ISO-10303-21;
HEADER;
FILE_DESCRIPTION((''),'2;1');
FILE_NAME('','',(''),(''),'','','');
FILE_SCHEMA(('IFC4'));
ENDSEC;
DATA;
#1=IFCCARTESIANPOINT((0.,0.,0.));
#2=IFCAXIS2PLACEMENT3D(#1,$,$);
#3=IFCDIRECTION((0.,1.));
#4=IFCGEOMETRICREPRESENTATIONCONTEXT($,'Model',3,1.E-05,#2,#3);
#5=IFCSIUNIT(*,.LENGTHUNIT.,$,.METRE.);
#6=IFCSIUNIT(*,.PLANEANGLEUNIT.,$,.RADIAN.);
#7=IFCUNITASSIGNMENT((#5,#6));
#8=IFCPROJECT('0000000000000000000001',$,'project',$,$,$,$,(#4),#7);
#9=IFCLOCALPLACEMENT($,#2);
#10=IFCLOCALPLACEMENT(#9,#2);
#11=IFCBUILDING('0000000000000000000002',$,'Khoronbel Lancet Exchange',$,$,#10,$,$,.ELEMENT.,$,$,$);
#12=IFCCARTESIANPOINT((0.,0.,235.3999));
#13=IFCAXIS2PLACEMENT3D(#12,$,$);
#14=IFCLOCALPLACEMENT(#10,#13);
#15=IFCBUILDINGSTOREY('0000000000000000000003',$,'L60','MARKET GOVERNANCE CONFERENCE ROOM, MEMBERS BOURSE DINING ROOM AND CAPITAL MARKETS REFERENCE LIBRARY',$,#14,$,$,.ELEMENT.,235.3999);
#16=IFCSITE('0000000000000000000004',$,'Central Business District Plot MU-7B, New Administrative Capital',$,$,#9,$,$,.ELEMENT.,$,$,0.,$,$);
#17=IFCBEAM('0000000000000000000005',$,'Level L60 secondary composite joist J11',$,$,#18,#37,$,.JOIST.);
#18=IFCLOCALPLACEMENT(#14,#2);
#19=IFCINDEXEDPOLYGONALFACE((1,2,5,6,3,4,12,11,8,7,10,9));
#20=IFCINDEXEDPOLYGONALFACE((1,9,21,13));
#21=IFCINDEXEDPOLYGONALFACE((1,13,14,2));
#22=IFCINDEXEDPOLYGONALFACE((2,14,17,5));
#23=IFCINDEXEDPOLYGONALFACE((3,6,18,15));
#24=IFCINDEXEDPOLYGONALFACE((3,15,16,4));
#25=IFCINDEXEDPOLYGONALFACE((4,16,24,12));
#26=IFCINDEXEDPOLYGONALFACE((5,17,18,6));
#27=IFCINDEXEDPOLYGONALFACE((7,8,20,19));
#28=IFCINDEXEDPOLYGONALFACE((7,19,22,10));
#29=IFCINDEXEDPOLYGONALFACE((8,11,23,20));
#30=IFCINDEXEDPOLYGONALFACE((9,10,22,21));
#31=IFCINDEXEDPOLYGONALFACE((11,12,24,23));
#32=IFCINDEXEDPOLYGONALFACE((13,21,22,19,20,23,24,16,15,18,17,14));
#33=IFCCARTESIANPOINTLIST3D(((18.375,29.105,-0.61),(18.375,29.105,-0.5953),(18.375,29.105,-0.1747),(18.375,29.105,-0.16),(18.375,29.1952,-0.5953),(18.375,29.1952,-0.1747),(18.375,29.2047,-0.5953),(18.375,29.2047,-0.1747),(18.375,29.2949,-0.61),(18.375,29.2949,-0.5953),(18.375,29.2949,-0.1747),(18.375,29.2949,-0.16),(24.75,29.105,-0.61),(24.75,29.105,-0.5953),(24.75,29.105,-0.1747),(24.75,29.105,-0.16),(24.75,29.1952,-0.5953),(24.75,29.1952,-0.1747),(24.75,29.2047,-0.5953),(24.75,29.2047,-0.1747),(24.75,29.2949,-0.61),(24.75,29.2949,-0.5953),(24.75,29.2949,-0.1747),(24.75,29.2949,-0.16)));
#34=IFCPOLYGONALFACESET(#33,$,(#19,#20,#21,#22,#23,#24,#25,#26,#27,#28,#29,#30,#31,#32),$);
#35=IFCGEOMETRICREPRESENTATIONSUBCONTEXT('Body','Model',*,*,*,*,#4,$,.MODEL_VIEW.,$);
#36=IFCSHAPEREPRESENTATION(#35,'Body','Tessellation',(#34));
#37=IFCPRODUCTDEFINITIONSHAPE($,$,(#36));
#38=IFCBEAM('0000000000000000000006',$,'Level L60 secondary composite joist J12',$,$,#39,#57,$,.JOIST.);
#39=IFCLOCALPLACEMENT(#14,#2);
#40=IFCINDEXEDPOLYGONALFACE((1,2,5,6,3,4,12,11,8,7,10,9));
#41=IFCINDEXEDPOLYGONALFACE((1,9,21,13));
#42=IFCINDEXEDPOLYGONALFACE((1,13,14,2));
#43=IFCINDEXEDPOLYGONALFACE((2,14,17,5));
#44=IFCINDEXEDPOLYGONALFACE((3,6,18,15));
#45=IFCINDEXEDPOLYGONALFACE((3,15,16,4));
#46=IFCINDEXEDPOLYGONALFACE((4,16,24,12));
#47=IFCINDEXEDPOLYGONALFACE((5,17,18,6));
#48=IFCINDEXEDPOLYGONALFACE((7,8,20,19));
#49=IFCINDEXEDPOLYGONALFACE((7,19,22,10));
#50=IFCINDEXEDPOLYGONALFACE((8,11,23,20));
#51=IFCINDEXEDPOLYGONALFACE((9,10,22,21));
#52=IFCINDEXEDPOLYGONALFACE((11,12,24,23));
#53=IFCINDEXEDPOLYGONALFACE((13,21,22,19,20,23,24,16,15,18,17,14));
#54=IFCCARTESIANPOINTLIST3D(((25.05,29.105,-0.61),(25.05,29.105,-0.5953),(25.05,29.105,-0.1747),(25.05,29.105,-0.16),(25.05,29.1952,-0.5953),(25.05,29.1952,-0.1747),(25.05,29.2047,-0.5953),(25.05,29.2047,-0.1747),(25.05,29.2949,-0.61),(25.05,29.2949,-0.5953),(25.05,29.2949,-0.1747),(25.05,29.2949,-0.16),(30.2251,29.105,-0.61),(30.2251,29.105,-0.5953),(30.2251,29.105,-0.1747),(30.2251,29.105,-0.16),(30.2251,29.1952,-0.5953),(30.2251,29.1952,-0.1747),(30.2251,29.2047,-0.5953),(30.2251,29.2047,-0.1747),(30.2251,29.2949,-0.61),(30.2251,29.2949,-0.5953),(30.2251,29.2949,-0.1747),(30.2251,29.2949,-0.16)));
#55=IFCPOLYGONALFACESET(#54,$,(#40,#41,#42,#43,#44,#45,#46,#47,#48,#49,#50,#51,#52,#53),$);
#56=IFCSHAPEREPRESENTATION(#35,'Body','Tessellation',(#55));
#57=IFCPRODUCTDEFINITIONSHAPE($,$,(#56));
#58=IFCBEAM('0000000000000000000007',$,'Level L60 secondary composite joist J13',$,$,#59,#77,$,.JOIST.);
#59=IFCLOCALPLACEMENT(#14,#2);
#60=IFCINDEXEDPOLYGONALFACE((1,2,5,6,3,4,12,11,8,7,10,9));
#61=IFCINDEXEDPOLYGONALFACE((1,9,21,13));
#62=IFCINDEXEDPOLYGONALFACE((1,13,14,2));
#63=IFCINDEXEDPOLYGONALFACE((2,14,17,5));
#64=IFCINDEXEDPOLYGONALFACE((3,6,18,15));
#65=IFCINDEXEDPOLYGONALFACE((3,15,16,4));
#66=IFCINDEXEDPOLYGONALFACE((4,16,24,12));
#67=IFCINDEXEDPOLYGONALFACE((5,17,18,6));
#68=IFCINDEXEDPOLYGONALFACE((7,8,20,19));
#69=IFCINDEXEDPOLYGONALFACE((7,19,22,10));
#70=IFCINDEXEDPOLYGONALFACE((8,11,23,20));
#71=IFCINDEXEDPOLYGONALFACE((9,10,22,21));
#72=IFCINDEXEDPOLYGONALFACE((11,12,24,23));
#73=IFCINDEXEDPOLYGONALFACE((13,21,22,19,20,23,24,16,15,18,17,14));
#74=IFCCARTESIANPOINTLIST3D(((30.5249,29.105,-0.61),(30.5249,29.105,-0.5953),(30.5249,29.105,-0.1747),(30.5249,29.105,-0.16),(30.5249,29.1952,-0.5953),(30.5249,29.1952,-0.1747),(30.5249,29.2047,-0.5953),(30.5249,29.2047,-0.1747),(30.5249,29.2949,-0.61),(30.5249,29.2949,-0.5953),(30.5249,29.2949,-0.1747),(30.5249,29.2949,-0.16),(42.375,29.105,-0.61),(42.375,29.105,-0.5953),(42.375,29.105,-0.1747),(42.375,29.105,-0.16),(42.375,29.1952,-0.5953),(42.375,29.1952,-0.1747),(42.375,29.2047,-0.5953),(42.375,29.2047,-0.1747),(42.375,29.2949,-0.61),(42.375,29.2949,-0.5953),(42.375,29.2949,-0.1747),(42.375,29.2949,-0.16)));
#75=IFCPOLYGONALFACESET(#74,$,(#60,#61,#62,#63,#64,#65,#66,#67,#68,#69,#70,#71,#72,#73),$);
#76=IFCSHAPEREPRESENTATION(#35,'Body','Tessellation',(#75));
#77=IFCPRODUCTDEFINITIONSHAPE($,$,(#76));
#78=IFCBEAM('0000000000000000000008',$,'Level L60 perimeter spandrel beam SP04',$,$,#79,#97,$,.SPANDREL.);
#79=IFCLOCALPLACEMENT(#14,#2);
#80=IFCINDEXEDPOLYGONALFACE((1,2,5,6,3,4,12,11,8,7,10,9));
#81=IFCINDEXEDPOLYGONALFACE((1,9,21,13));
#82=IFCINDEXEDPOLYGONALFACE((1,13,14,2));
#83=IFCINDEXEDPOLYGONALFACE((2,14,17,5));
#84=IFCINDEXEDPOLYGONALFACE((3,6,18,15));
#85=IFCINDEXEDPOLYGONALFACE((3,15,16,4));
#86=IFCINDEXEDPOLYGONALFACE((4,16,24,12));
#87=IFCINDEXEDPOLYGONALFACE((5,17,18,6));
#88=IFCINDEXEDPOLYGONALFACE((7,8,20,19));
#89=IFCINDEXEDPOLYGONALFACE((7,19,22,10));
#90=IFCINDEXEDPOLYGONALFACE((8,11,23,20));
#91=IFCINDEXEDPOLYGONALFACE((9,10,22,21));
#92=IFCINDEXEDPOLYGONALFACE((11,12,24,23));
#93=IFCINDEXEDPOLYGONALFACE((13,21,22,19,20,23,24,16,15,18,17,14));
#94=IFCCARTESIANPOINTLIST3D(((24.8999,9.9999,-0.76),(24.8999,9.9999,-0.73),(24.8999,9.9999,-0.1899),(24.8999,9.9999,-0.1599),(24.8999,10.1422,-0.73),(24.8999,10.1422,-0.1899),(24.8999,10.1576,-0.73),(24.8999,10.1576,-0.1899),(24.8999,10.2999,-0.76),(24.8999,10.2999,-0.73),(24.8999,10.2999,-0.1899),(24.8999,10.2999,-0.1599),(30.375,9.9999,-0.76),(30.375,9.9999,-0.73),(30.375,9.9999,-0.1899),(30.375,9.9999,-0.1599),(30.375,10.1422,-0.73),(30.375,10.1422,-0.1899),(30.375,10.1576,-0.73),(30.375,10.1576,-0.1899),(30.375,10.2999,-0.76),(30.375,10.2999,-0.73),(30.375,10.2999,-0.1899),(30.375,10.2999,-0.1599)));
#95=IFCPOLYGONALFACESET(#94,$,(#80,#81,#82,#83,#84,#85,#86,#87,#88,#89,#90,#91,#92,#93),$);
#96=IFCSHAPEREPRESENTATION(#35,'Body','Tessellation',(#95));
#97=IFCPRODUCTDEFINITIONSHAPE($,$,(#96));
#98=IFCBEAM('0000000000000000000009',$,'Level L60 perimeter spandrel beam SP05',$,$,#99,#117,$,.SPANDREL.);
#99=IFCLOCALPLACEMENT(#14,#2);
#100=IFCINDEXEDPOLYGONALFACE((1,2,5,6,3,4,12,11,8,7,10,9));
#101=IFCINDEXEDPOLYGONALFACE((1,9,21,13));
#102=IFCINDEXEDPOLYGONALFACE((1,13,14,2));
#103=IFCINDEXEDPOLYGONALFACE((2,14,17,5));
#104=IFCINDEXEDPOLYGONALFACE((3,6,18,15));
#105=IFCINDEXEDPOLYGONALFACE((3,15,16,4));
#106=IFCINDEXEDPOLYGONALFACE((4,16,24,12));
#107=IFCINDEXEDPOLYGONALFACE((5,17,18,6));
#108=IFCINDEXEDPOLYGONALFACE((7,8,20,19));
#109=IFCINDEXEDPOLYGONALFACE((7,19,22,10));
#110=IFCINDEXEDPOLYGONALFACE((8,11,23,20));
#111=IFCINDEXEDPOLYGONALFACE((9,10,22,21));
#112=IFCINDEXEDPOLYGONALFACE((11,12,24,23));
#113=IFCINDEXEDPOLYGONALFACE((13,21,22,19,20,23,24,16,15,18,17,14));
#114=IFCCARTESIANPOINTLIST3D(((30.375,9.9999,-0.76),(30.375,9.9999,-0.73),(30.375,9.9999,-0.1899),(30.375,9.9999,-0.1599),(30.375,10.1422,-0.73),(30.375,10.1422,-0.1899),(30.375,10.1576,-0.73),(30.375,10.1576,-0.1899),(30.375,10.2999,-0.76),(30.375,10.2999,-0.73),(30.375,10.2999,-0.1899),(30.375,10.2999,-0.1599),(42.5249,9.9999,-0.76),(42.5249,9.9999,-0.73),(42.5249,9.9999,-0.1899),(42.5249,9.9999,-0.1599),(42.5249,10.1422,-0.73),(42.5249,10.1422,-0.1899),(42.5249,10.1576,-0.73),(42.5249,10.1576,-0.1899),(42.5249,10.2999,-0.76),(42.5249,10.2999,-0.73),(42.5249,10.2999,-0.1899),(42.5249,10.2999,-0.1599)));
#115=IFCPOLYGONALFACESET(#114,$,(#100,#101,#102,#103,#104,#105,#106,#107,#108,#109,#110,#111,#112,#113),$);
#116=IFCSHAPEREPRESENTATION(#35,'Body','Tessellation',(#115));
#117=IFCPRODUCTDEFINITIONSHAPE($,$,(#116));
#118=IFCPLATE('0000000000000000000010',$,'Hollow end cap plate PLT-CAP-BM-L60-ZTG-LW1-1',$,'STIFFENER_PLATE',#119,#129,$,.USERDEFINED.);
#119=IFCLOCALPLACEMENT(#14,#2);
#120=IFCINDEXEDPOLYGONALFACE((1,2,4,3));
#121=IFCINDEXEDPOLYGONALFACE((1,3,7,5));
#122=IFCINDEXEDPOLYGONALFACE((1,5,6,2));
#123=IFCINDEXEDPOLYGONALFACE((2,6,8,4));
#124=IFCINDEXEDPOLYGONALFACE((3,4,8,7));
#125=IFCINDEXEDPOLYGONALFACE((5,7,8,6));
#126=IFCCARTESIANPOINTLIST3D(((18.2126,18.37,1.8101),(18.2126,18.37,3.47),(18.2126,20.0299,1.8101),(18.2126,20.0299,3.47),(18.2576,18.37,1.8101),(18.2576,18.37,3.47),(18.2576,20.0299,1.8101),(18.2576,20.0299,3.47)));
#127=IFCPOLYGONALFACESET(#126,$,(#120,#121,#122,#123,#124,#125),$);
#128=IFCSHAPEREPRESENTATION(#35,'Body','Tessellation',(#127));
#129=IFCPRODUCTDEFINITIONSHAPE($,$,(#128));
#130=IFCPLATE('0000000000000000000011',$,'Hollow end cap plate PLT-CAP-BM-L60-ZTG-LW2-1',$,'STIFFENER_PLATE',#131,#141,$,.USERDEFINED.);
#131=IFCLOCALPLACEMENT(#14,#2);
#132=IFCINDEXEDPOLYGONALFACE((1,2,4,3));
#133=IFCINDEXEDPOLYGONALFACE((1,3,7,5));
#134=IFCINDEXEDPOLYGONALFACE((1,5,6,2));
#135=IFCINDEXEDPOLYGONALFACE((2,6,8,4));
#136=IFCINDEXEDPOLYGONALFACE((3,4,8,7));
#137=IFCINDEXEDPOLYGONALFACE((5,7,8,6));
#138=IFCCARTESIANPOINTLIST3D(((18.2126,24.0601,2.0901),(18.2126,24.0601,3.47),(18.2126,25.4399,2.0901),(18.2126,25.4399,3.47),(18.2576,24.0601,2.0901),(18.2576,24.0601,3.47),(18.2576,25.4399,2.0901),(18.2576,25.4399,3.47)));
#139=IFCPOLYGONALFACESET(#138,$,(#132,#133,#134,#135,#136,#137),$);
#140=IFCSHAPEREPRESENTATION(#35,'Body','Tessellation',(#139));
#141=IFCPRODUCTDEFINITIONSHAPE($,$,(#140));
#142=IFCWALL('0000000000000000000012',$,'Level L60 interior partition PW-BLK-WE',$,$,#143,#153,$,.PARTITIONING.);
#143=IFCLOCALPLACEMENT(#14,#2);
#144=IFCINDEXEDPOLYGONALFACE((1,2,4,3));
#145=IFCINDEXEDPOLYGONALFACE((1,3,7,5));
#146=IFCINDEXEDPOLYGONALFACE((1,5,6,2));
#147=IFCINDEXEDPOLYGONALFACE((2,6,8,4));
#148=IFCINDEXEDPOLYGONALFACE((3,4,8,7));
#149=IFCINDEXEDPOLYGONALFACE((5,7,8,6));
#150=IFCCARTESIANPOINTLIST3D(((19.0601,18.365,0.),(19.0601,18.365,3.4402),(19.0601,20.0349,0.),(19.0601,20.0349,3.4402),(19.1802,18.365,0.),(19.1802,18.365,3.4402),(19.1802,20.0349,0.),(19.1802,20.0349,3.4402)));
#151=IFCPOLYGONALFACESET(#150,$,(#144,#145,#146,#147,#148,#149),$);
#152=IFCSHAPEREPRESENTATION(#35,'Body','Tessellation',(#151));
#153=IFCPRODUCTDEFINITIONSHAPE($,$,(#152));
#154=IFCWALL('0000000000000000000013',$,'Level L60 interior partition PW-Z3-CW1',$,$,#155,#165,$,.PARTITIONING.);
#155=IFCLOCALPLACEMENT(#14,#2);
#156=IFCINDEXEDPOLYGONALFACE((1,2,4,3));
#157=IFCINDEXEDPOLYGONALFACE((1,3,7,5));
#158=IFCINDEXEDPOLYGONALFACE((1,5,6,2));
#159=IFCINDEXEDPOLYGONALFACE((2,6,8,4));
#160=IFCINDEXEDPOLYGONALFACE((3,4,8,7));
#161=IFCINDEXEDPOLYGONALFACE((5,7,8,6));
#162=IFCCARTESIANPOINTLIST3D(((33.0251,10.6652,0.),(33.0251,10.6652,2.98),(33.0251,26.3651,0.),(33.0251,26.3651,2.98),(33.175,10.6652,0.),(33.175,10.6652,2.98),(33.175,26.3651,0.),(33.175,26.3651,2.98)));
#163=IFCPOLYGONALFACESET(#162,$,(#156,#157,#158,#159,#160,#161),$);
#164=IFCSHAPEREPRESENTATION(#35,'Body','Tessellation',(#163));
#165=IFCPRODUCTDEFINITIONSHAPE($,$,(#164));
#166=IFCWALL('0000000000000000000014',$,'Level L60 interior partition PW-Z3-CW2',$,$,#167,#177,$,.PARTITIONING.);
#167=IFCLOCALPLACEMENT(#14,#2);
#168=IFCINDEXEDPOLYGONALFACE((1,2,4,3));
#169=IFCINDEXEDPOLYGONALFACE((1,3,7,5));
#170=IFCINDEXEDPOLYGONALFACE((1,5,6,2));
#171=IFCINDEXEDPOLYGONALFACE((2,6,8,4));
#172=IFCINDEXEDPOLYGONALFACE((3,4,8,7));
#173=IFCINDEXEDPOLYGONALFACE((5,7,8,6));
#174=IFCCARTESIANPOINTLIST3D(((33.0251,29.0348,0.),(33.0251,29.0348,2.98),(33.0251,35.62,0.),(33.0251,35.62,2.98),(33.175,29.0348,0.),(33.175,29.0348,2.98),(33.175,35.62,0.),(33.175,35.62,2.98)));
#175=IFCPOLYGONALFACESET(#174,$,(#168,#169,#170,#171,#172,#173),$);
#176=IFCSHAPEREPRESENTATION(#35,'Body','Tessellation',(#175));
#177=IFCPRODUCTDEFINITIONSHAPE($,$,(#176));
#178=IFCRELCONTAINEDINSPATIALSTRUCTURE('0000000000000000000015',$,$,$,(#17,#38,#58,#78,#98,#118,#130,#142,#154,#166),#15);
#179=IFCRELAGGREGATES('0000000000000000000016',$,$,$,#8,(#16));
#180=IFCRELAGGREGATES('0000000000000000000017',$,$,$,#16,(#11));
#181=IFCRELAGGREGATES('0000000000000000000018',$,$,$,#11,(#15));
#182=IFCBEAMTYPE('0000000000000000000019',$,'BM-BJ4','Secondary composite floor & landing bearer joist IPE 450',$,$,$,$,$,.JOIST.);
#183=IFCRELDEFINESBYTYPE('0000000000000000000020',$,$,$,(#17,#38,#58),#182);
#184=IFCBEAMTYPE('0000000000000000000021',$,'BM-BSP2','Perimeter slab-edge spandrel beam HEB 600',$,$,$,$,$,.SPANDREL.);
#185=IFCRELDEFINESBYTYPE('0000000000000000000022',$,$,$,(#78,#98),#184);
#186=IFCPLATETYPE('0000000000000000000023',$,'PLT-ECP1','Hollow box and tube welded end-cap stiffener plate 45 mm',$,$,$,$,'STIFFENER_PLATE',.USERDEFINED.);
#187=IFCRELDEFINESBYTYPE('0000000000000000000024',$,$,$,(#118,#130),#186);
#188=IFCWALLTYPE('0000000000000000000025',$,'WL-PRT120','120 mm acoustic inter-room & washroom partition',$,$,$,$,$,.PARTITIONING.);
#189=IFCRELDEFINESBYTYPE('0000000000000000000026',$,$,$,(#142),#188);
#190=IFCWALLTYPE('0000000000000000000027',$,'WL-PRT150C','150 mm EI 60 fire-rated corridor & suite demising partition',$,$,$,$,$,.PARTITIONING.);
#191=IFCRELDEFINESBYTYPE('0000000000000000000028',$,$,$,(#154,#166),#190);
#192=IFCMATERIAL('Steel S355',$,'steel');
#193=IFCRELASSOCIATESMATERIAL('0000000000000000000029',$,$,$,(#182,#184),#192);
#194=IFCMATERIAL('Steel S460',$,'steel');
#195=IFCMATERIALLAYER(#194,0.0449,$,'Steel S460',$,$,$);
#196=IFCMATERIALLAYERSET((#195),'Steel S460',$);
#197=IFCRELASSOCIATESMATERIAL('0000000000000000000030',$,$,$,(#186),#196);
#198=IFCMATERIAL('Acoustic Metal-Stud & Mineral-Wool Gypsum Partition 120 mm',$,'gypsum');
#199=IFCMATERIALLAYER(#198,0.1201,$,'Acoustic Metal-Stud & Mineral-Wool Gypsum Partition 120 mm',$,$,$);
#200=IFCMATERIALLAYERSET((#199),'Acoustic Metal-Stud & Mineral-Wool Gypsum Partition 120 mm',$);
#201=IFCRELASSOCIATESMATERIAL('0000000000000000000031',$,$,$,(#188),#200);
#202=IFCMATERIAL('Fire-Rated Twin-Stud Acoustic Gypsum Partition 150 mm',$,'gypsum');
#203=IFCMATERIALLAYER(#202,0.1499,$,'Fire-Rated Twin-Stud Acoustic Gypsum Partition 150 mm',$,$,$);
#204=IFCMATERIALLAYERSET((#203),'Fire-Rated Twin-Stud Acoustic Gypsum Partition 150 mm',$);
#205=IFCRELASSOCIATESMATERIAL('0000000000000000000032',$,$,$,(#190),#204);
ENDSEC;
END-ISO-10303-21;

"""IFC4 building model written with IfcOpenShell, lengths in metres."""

from ifc_helpers import new_model, si_unit, direction, frame, frame_2d, origin, origin_2d, place, context, subcontext, project, spatial, rectangle, i_section, extrude, material, layer, layer_set, material_profile, profile_set, type_object, element, save


model = new_model("IFC4")

# Units and contexts
model_context = context("Model", 3, precision=1e-05, world=origin(), true_north=direction((0.0, 1.0)))
body_context = subcontext(model_context, "Body", "Model", "MODEL_VIEW")
ifc_project = project(units=[si_unit("LENGTHUNIT", "METRE"), si_unit("PLANEANGLEUNIT", "RADIAN")], contexts=[model_context])

# Site, building, storey
site_placement = place(None, origin())
site = spatial("IfcSite", under=ifc_project, at=site_placement, Name="Central Business District Plot MU-7B, New Administrative Capital", CompositionType="ELEMENT", RefElevation=0.0)
building_placement = place(site_placement, origin())
building = spatial("IfcBuilding", under=site, at=building_placement, Name="Khoronbel Lancet Exchange", CompositionType="ELEMENT")
storey_placement = place(building_placement, frame((0.0, 0.0, 235.3999)))
storey = spatial("IfcBuildingStorey", under=building, at=storey_placement, Name="L60", Description="MARKET GOVERNANCE CONFERENCE ROOM, MEMBERS BOURSE DINING ROOM AND CAPITAL MARKETS REFERENCE LIBRARY", CompositionType="ELEMENT", Elevation=235.3999)

# Shared definitions
ifc_material_1 = material(Name="Steel S460", Category="steel")

# Beams
ifc_material_2 = material(Name="Steel S355", Category="steel")
ifc_material_profile_1 = material_profile(ifc_material_2, i_section(OverallWidth=0.1899, OverallDepth=0.45, WebThickness=0.0095, FlangeThickness=0.0146, at=origin_2d()), Name="IPE 450")
ifc_profile_set_1 = profile_set([ifc_material_profile_1], Name="Steel S355")
beam_type_1 = type_object("IfcBeamType", Name="BM-BJ4", Description="Secondary composite floor & landing bearer joist IPE 450", PredefinedType="JOIST", material=ifc_profile_set_1)
beam_1_placement = place(storey_placement, frame((18.375, 29.2, -0.385), z_axis=(1.0, 0.0, 0.0), x_axis=(0.0, 1.0, 0.0)))
element("IfcBeam", 1, at=beam_1_placement, inside=storey, type_object=beam_type_1, Name="Level L60 secondary composite joist J11", PredefinedType="JOIST", context=body_context, shape_type="SweptSolid", body=[
    extrude(i_section(OverallWidth=0.1899, OverallDepth=0.45, WebThickness=0.0095, FlangeThickness=0.0146, at=origin_2d()), origin(), (0.0, 0.0, 1.0), 6.375),
])
beam_2_placement = place(storey_placement, frame((25.05, 29.2, -0.385), z_axis=(1.0, 0.0, 0.0), x_axis=(0.0, 1.0, 0.0)))
element("IfcBeam", 2, at=beam_2_placement, inside=storey, type_object=beam_type_1, Name="Level L60 secondary composite joist J12", PredefinedType="JOIST", context=body_context, shape_type="SweptSolid", body=[
    extrude(i_section(OverallWidth=0.1899, OverallDepth=0.45, WebThickness=0.0095, FlangeThickness=0.0146, at=origin_2d()), origin(), (0.0, 0.0, 1.0), 5.175),
])
beam_3_placement = place(storey_placement, frame((30.5249, 29.2, -0.385), z_axis=(1.0, 0.0, 0.0), x_axis=(0.0, 1.0, 0.0)))
element("IfcBeam", 3, at=beam_3_placement, inside=storey, type_object=beam_type_1, Name="Level L60 secondary composite joist J13", PredefinedType="JOIST", context=body_context, shape_type="SweptSolid", body=[
    extrude(i_section(OverallWidth=0.1899, OverallDepth=0.45, WebThickness=0.0095, FlangeThickness=0.0146, at=origin_2d()), origin(), (0.0, 0.0, 1.0), 11.8501),
])
ifc_material_profile_2 = material_profile(ifc_material_2, i_section(OverallWidth=0.3, OverallDepth=0.6001, WebThickness=0.0154, FlangeThickness=0.03, at=origin_2d()), Name="HEB 600")
ifc_profile_set_2 = profile_set([ifc_material_profile_2], Name="Steel S355")
beam_type_2 = type_object("IfcBeamType", Name="BM-BSP2", Description="Perimeter slab-edge spandrel beam HEB 600", PredefinedType="SPANDREL", material=ifc_profile_set_2)
beam_4_placement = place(storey_placement, frame((24.8999, 10.1499, -0.46), z_axis=(1.0, 0.0, 0.0), x_axis=(0.0, 1.0, 0.0)))
element("IfcBeam", 4, at=beam_4_placement, inside=storey, type_object=beam_type_2, Name="Level L60 perimeter spandrel beam SP04", PredefinedType="SPANDREL", context=body_context, shape_type="SweptSolid", body=[
    extrude(i_section(OverallWidth=0.3, OverallDepth=0.6001, WebThickness=0.0154, FlangeThickness=0.03, at=origin_2d()), origin(), (0.0, 0.0, 1.0), 5.4751),
])
beam_5_placement = place(storey_placement, frame((30.375, 10.1499, -0.46), z_axis=(1.0, 0.0, 0.0), x_axis=(0.0, 1.0, 0.0)))
element("IfcBeam", 5, at=beam_5_placement, inside=storey, type_object=beam_type_2, Name="Level L60 perimeter spandrel beam SP05", PredefinedType="SPANDREL", context=body_context, shape_type="SweptSolid", body=[
    extrude(i_section(OverallWidth=0.3, OverallDepth=0.6001, WebThickness=0.0154, FlangeThickness=0.03, at=origin_2d()), origin(), (0.0, 0.0, 1.0), 12.1499),
])

# Plates
ifc_layer_1 = layer(ifc_material_1, 0.0449, Name="Steel S460")
ifc_layer_set_1 = layer_set([ifc_layer_1], Name="Steel S460")
plate_type = type_object("IfcPlateType", Name="PLT-ECP1", Description="Hollow box and tube welded end-cap stiffener plate 45 mm", ElementType="STIFFENER_PLATE", PredefinedType="USERDEFINED", material=ifc_layer_set_1)
plate_1_placement = place(storey_placement, frame((18.2351, 19.2, 1.8101), z_axis=(0.0, 0.0, 1.0), x_axis=(1.0, 0.0, 0.0)))
element("IfcPlate", 6, at=plate_1_placement, inside=storey, type_object=plate_type, Name="Hollow end cap plate PLT-CAP-BM-L60-ZTG-LW1-1", ObjectType="STIFFENER_PLATE", PredefinedType="USERDEFINED", context=body_context, shape_type="SweptSolid", body=[
    extrude(rectangle(XDim=0.0449, YDim=1.6599, at=origin_2d()), origin(), (0.0, 0.0, 1.0), 1.6599),
])
plate_2_placement = place(storey_placement, frame((18.2351, 24.75, 2.0901), z_axis=(0.0, 0.0, 1.0), x_axis=(1.0, 0.0, 0.0)))
element("IfcPlate", 7, at=plate_2_placement, inside=storey, type_object=plate_type, Name="Hollow end cap plate PLT-CAP-BM-L60-ZTG-LW2-1", ObjectType="STIFFENER_PLATE", PredefinedType="USERDEFINED", context=body_context, shape_type="SweptSolid", body=[
    extrude(rectangle(XDim=0.0449, YDim=1.3799, at=origin_2d()), origin(), (0.0, 0.0, 1.0), 1.3799),
])

# Walls
ifc_material_3 = material(Name="Acoustic Metal-Stud & Mineral-Wool Gypsum Partition 120 mm", Category="gypsum")
ifc_layer_2 = layer(ifc_material_3, 0.1201, Name="Acoustic Metal-Stud & Mineral-Wool Gypsum Partition 120 mm")
ifc_layer_set_2 = layer_set([ifc_layer_2], Name="Acoustic Metal-Stud & Mineral-Wool Gypsum Partition 120 mm")
wall_type_1 = type_object("IfcWallType", Name="WL-PRT120", Description="120 mm acoustic inter-room & washroom partition", PredefinedType="PARTITIONING", material=ifc_layer_set_2)
wall_1_placement = place(storey_placement, frame((19.1201, 18.365, 0.0), z_axis=(0.0, 0.0, 1.0), x_axis=(0.0, 1.0, 0.0)))
element("IfcWall", 8, at=wall_1_placement, inside=storey, type_object=wall_type_1, Name="Level L60 interior partition PW-BLK-WE", PredefinedType="PARTITIONING", context=body_context, shape_type="SweptSolid", body=[
    extrude(rectangle(XDim=1.6699, YDim=0.1201, at=frame_2d((0.835, 0.0))), origin(), (0.0, 0.0, 1.0), 3.4402),
])
ifc_material_4 = material(Name="Fire-Rated Twin-Stud Acoustic Gypsum Partition 150 mm", Category="gypsum")
ifc_layer_3 = layer(ifc_material_4, 0.1499, Name="Fire-Rated Twin-Stud Acoustic Gypsum Partition 150 mm")
ifc_layer_set_3 = layer_set([ifc_layer_3], Name="Fire-Rated Twin-Stud Acoustic Gypsum Partition 150 mm")
wall_type_2 = type_object("IfcWallType", Name="WL-PRT150C", Description="150 mm EI 60 fire-rated corridor & suite demising partition", PredefinedType="PARTITIONING", material=ifc_layer_set_3)
wall_2_placement = place(storey_placement, frame((33.1001, 10.665, 0.0), z_axis=(0.0, 0.0, 1.0), x_axis=(0.0, 1.0, 0.0)))
element("IfcWall", 9, at=wall_2_placement, inside=storey, type_object=wall_type_2, Name="Level L60 interior partition PW-Z3-CW1", PredefinedType="PARTITIONING", context=body_context, shape_type="SweptSolid", body=[
    extrude(rectangle(XDim=15.7, YDim=0.1499, at=frame_2d((7.8501, 0.0))), origin(), (0.0, 0.0, 1.0), 2.98),
])
wall_3_placement = place(storey_placement, frame((33.1001, 29.0349, 0.0), z_axis=(0.0, 0.0, 1.0), x_axis=(0.0, 1.0, 0.0)))
element("IfcWall", 10, at=wall_3_placement, inside=storey, type_object=wall_type_2, Name="Level L60 interior partition PW-Z3-CW2", PredefinedType="PARTITIONING", context=body_context, shape_type="SweptSolid", body=[
    extrude(rectangle(XDim=6.5852, YDim=0.1499, at=frame_2d((3.2925, 0.0))), origin(), (0.0, 0.0, 1.0), 2.98),
])

save(model, "model.ifc")
